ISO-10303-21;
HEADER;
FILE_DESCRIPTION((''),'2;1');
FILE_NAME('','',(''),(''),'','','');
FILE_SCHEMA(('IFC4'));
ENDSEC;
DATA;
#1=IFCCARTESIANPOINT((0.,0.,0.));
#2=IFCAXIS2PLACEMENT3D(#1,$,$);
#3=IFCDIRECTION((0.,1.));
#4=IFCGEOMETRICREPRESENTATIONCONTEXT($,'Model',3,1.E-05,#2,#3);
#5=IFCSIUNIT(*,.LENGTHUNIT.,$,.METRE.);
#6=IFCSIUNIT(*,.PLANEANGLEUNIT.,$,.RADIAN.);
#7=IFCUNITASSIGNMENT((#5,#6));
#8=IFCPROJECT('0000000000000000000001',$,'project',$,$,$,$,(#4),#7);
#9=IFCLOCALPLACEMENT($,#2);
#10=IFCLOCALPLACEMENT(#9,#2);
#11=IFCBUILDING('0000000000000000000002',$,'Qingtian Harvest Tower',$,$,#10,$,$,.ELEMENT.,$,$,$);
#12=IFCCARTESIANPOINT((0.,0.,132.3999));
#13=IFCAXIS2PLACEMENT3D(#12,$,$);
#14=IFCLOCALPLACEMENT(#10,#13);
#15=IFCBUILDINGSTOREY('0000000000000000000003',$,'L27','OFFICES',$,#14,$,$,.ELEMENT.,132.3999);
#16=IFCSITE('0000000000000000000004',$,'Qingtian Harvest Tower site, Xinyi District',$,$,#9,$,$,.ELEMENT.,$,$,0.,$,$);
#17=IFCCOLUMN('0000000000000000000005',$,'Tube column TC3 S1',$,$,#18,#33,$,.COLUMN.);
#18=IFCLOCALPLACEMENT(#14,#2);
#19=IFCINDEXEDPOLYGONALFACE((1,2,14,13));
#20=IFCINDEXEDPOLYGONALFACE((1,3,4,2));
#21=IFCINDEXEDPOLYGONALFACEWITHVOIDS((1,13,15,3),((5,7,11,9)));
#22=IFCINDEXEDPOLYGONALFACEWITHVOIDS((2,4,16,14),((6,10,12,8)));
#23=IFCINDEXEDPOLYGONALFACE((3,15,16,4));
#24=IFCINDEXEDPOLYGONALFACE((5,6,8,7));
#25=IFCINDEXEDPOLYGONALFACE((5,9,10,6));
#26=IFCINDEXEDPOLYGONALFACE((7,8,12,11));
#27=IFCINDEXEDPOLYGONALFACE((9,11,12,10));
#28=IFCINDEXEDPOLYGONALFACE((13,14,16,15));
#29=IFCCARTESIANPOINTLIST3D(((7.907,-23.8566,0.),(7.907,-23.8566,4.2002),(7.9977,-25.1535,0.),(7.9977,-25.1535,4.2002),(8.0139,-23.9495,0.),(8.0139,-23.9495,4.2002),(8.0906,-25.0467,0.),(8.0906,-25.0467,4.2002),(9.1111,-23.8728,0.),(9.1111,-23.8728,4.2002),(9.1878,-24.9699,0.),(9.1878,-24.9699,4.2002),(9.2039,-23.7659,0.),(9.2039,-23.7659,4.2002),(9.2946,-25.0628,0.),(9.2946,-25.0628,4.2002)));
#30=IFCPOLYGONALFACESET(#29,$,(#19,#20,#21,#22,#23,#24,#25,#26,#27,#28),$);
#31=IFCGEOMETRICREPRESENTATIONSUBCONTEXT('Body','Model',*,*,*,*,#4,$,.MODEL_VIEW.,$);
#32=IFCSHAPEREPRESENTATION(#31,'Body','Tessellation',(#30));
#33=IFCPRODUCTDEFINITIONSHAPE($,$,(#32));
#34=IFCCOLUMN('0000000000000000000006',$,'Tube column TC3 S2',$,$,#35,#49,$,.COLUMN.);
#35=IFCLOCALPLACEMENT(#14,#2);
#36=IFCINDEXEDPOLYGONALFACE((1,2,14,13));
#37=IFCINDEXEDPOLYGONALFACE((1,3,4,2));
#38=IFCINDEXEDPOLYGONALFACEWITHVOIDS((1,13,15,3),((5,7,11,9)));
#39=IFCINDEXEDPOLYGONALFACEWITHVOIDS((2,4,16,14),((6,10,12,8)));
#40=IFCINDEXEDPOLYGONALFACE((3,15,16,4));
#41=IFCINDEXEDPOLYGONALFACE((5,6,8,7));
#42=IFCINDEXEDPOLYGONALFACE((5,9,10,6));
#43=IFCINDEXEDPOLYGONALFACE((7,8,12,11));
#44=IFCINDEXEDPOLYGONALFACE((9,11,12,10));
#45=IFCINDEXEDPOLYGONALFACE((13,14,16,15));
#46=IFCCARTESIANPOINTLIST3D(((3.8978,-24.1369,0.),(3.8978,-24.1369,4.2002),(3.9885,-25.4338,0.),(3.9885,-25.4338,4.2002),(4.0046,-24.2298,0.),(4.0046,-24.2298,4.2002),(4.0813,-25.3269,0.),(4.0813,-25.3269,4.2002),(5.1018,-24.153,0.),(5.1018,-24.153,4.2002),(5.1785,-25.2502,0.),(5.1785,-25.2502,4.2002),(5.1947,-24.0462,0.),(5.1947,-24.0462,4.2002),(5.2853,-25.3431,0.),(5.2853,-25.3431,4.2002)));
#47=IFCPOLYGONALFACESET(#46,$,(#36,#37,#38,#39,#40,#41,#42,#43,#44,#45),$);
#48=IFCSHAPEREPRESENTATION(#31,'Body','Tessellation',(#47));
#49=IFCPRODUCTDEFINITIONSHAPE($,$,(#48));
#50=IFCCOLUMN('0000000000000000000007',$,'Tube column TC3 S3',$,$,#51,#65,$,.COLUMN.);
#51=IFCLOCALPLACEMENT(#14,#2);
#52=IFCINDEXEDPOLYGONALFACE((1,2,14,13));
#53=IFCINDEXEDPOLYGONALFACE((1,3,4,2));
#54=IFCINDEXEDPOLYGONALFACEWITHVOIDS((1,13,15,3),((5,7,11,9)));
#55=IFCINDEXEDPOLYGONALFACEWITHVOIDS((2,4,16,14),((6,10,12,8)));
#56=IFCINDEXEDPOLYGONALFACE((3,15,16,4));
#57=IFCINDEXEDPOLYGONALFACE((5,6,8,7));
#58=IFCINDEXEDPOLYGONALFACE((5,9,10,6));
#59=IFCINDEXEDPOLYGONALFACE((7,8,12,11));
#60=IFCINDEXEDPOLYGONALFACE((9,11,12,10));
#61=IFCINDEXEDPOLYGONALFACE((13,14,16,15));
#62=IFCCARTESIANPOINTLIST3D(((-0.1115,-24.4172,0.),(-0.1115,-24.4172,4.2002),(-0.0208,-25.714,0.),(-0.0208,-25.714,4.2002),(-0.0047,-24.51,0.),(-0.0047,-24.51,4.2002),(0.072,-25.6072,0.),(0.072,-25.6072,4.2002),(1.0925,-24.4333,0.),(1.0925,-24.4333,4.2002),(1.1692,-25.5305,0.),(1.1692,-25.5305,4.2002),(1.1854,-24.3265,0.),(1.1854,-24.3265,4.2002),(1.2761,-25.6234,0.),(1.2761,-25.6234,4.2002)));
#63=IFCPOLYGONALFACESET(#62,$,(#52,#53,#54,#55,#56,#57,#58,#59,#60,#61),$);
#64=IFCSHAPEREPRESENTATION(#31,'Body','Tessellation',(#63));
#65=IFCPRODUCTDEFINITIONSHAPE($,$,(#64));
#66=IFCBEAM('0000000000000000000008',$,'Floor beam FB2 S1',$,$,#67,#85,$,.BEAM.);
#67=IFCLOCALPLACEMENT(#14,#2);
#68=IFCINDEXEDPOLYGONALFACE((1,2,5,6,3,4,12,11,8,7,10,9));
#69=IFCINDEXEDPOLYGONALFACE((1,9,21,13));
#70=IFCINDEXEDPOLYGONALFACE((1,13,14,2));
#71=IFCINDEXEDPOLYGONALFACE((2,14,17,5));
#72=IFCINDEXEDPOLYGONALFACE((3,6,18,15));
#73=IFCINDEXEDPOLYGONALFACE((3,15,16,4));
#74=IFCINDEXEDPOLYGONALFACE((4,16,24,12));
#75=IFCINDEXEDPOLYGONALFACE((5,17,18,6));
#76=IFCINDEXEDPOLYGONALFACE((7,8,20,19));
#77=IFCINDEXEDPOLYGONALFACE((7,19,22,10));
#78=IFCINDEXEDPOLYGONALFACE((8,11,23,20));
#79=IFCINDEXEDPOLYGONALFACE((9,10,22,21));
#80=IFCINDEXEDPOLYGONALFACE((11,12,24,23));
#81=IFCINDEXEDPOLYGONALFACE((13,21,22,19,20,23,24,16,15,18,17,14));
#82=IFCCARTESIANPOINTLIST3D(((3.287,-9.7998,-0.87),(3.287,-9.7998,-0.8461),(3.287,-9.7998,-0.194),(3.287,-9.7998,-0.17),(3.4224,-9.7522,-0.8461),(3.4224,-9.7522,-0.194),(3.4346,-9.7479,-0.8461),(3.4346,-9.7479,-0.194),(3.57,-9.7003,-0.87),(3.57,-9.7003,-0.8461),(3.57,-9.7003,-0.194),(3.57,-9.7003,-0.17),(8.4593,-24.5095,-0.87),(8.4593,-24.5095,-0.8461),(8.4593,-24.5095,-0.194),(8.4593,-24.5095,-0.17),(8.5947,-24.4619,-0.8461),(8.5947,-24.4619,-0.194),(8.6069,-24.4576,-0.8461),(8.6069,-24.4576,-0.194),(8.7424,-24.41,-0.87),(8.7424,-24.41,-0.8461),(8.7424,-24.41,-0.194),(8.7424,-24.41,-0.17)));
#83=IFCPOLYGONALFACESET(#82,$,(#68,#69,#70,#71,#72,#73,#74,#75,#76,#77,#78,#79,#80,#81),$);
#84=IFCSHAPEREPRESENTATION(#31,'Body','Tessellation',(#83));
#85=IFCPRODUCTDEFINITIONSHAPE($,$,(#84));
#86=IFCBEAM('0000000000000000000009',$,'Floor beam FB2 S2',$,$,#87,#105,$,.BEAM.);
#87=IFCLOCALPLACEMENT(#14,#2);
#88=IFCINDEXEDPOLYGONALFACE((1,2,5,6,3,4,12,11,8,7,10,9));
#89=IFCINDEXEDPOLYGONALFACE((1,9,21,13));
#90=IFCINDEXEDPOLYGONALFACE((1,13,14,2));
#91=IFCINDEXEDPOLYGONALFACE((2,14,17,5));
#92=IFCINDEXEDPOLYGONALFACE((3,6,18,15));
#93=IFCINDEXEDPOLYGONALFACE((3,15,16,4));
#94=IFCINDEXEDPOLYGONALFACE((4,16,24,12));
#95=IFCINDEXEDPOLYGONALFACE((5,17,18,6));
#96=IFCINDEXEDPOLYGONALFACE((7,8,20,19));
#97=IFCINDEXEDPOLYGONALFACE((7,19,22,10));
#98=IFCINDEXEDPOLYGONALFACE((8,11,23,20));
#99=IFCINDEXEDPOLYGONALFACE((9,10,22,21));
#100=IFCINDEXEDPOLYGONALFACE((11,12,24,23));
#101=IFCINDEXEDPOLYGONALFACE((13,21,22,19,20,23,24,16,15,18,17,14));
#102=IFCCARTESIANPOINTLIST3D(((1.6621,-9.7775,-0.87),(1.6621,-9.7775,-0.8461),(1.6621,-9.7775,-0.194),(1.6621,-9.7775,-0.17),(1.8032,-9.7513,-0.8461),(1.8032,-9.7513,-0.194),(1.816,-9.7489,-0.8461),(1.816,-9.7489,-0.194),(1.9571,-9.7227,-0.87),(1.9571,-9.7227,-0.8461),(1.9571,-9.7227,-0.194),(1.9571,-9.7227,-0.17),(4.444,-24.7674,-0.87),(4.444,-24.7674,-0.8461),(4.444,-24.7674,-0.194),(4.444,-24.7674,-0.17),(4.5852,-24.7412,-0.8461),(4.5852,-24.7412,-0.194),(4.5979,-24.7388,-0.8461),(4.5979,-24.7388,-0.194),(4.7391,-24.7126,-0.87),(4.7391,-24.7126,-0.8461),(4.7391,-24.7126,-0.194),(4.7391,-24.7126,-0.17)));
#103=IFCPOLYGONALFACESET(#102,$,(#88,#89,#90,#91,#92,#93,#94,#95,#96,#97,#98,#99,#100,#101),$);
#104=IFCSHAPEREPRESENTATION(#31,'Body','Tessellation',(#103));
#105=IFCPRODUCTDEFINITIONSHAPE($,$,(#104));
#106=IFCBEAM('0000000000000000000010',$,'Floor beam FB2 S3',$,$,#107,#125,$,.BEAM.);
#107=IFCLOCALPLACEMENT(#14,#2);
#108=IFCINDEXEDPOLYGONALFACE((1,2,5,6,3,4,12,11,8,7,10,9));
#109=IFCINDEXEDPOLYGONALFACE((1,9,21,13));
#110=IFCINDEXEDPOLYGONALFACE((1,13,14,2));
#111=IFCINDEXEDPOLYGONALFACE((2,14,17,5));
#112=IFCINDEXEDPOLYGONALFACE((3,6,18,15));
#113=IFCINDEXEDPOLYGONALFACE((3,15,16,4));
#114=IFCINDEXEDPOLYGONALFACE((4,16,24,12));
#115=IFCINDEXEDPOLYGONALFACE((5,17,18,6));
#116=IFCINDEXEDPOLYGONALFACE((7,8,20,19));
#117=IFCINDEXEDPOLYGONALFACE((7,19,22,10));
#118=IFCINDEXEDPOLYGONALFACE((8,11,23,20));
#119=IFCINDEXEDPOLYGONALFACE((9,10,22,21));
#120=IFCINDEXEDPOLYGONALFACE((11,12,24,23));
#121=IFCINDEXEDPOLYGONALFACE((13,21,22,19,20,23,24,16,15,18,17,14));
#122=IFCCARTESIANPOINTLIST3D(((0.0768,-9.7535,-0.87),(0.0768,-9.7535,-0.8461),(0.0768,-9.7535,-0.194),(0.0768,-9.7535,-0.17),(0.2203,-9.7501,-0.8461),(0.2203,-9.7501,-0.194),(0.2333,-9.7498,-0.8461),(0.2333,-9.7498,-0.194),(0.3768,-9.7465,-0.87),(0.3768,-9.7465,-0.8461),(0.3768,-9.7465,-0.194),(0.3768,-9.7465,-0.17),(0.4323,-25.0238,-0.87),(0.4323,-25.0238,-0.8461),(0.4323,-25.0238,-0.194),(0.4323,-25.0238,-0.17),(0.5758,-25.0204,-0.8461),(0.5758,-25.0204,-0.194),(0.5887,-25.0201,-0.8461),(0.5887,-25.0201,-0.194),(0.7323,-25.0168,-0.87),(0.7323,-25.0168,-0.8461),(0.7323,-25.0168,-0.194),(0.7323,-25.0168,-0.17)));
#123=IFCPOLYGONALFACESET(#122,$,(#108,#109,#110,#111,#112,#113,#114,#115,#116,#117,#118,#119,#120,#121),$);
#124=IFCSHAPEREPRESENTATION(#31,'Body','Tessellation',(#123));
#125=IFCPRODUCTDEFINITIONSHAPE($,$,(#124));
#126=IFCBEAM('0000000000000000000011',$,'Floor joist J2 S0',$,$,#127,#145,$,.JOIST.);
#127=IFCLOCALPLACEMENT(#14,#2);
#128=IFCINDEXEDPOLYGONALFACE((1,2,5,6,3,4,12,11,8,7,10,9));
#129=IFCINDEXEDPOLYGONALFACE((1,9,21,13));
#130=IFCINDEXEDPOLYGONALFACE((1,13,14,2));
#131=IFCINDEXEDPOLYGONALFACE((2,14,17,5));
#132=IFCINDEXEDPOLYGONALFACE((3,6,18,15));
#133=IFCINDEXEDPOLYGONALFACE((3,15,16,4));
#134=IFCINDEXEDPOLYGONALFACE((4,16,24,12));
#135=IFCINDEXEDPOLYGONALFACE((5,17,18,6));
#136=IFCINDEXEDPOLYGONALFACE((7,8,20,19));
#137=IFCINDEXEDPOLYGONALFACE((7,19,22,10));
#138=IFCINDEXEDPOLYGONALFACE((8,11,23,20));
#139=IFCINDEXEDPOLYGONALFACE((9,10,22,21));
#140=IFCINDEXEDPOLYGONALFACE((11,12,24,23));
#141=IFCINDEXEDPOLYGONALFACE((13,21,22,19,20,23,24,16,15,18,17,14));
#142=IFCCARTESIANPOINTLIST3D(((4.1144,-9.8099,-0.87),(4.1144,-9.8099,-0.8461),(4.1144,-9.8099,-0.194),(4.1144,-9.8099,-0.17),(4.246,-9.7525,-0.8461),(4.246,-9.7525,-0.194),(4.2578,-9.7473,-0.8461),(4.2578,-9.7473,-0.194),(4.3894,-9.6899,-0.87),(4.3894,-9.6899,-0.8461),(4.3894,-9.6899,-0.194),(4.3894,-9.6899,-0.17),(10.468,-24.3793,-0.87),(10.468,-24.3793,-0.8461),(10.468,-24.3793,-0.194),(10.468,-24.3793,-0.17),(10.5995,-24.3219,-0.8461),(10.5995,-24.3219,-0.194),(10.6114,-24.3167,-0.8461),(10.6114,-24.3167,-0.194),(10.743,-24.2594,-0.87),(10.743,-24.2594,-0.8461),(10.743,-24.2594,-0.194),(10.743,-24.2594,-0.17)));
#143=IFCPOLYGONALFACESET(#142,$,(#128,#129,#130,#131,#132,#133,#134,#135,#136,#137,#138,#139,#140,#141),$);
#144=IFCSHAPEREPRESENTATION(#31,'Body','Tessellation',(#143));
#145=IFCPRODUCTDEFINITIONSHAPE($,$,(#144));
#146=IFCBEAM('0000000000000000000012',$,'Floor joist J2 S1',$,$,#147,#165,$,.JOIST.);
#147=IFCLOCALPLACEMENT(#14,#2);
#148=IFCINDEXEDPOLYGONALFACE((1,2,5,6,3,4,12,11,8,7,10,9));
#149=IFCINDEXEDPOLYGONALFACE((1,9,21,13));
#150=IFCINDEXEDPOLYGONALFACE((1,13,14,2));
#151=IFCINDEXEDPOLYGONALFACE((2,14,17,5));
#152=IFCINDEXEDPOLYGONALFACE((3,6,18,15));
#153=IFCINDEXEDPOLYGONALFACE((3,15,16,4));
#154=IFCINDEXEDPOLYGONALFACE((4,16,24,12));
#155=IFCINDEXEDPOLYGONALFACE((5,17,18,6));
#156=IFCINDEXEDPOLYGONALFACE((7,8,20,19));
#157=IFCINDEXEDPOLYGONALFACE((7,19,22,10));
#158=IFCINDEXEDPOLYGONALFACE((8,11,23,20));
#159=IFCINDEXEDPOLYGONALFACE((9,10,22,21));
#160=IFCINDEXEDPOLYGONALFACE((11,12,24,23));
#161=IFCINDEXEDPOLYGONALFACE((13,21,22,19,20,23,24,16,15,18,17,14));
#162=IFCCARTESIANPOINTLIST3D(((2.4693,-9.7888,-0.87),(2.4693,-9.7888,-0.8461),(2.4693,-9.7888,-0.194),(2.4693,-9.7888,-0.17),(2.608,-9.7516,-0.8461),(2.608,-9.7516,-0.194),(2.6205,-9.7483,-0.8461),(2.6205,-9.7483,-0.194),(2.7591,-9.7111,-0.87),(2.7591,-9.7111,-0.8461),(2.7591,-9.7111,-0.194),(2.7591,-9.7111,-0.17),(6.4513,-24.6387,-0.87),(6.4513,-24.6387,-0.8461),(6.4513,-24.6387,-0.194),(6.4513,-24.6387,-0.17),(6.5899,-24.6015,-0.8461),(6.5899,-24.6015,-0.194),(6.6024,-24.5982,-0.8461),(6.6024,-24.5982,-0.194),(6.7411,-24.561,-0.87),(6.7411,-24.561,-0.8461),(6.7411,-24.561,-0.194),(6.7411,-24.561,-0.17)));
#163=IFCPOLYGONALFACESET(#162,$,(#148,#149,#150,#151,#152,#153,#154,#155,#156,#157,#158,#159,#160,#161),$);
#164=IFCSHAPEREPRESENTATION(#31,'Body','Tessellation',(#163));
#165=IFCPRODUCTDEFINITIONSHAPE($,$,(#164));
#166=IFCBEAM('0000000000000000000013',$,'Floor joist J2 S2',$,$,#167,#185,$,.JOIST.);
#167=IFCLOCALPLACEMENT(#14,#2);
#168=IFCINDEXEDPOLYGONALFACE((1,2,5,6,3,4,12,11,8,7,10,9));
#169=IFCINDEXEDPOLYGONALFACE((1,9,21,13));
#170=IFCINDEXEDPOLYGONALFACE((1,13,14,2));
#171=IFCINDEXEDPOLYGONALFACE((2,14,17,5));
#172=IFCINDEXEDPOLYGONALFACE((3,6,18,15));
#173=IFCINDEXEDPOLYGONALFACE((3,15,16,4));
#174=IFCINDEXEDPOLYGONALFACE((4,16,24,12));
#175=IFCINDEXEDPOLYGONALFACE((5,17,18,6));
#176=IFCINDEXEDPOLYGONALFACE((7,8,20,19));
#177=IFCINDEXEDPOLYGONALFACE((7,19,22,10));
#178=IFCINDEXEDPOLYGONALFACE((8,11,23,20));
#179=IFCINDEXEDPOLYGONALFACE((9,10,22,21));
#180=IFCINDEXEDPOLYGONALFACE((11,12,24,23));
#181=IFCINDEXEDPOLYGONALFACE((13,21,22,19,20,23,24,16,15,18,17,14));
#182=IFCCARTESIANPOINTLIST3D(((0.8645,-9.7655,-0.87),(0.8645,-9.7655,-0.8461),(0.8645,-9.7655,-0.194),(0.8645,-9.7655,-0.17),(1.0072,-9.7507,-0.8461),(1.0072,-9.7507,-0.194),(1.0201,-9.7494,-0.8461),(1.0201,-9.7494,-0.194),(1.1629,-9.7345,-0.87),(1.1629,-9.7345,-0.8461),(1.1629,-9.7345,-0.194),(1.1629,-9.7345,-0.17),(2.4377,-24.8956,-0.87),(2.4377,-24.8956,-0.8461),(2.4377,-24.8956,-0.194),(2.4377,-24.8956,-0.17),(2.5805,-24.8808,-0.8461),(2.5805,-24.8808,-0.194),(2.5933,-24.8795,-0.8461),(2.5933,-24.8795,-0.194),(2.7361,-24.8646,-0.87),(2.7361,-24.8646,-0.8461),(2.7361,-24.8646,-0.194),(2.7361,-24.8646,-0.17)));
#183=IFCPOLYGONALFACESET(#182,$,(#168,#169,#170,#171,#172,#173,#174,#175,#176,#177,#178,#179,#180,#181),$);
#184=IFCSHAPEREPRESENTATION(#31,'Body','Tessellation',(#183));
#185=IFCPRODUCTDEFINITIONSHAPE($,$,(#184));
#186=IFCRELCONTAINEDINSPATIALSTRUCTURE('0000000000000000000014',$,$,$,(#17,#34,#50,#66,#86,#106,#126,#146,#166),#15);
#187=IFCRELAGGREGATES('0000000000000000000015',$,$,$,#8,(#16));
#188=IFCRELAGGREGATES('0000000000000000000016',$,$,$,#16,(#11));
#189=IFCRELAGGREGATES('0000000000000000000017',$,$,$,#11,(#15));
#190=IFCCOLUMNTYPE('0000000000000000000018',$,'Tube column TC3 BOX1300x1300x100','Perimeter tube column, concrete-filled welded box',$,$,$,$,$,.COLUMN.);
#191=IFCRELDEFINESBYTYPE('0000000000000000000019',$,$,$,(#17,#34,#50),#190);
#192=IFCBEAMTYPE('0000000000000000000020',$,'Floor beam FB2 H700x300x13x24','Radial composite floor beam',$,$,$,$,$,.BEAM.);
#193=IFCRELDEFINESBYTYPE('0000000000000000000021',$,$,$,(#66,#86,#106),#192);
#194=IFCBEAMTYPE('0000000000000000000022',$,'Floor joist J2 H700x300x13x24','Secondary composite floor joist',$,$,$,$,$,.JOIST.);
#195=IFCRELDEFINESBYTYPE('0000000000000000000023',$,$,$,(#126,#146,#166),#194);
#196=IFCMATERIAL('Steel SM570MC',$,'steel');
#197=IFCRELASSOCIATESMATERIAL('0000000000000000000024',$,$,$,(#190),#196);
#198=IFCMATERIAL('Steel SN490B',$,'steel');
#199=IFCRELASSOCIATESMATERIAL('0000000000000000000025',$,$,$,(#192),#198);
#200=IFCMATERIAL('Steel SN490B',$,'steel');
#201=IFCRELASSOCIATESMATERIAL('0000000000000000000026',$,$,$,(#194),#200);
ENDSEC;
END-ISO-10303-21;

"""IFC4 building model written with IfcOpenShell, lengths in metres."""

from ifc_helpers import new_model, si_unit, direction, frame, origin, origin_2d, place, context, subcontext, project, spatial, hollow_rectangle, i_section, extrude, material, material_profile, profile_set, type_object, element, save


model = new_model("IFC4")

# Units and contexts
model_context = context("Model", 3, precision=1e-05, world=origin(), true_north=direction((0.0, 1.0)))
body_context = subcontext(model_context, "Body", "Model", "MODEL_VIEW")
ifc_project = project(units=[si_unit("LENGTHUNIT", "METRE"), si_unit("PLANEANGLEUNIT", "RADIAN")], contexts=[model_context])

# Site, building, storey
site_placement = place(None, origin())
site = spatial("IfcSite", under=ifc_project, at=site_placement, Name="Qingtian Harvest Tower site, Xinyi District", CompositionType="ELEMENT", RefElevation=0.0)
building_placement = place(site_placement, origin())
building = spatial("IfcBuilding", under=site, at=building_placement, Name="Qingtian Harvest Tower", CompositionType="ELEMENT")
storey_placement = place(building_placement, frame((0.0, 0.0, 132.3999)))
storey = spatial("IfcBuildingStorey", under=building, at=storey_placement, Name="L27", Description="OFFICES", CompositionType="ELEMENT", Elevation=132.3999)

# Columns
ifc_material_1 = material(Name="Steel SM570MC", Category="steel")
ifc_material_profile_1 = material_profile(ifc_material_1, hollow_rectangle(XDim=1.3, YDim=1.3, WallThickness=0.1001, at=origin_2d()), Name="BOX1300x1300x100")
ifc_profile_set_1 = profile_set([ifc_material_profile_1], Name="Steel SM570MC")
column_type = type_object("IfcColumnType", Name="Tube column TC3 BOX1300x1300x100", Description="Perimeter tube column, concrete-filled welded box", PredefinedType="COLUMN", material=ifc_profile_set_1)
for number, where, z_axis, x_axis, name in (
    (1, (8.6008, -24.4597, 0.0), (0.0, 0.0, 1.0), (0.997564, 0.069756, 0.0), "Tube column TC3 S1"),
    (2, (4.5916, -24.74, 0.0), (0.0, 0.0, 1.0), (0.997564, 0.069756, 0.0), "Tube column TC3 S2"),
    (3, (0.5823, -25.0203, 0.0), (0.0, 0.0, 1.0), (0.997564, 0.069756, 0.0), "Tube column TC3 S3"),
):
    element("IfcColumn", number, at=place(storey_placement, frame(where, z_axis=z_axis, x_axis=x_axis)), inside=storey, type_object=column_type, Name=name, PredefinedType="COLUMN", context=body_context, shape_type="SweptSolid", body=[
        extrude(hollow_rectangle(XDim=1.3, YDim=1.3, WallThickness=0.1001, at=origin_2d()), origin(), (0.0, 0.0, 1.0), 4.2002),
    ])

# Beams
ifc_material_2 = material(Name="Steel SN490B", Category="steel")
ifc_material_profile_2 = material_profile(ifc_material_2, i_section(OverallWidth=0.3, OverallDepth=0.7, WebThickness=0.0129, FlangeThickness=0.0239, at=origin_2d()), Name="H700x300x13x24")
ifc_profile_set_2 = profile_set([ifc_material_profile_2], Name="Steel SN490B")
beam_type_1 = type_object("IfcBeamType", Name="Floor beam FB2 H700x300x13x24", Description="Radial composite floor beam", PredefinedType="BEAM", material=ifc_profile_set_2)
beam_1_placement = place(storey_placement, frame((8.6008, -24.4597, -0.52), z_axis=(-0.331719, 0.943378, 0.0), x_axis=(-0.943378, -0.331719, 0.0)))
element("IfcBeam", 4, at=beam_1_placement, inside=storey, type_object=beam_type_1, Name="Floor beam FB2 S1", PredefinedType="BEAM", context=body_context, shape_type="SweptSolid", body=[
    extrude(i_section(OverallWidth=0.3, OverallDepth=0.7, WebThickness=0.0129, FlangeThickness=0.0239, at=origin_2d()), origin(), (0.0, 0.0, 1.0), 15.5925),
])
beam_2_placement = place(storey_placement, frame((4.5916, -24.74, -0.52), z_axis=(-0.182473, 0.983211, 0.0), x_axis=(-0.983211, -0.182473, 0.0)))
element("IfcBeam", 5, at=beam_2_placement, inside=storey, type_object=beam_type_1, Name="Floor beam FB2 S2", PredefinedType="BEAM", context=body_context, shape_type="SweptSolid", body=[
    extrude(i_section(OverallWidth=0.3, OverallDepth=0.7, WebThickness=0.0129, FlangeThickness=0.0239, at=origin_2d()), origin(), (0.0, 0.0, 1.0), 15.2458),
])
beam_3_placement = place(storey_placement, frame((0.5823, -25.0203, -0.52), z_axis=(-0.023272, 0.999729, 0.0), x_axis=(-0.999729, -0.023272, 0.0)))
element("IfcBeam", 6, at=beam_3_placement, inside=storey, type_object=beam_type_1, Name="Floor beam FB2 S3", PredefinedType="BEAM", context=body_context, shape_type="SweptSolid", body=[
    extrude(i_section(OverallWidth=0.3, OverallDepth=0.7, WebThickness=0.0129, FlangeThickness=0.0239, at=origin_2d()), origin(), (0.0, 0.0, 1.0), 15.2744),
])
ifc_material_3 = material(Name="Steel SN490B", Category="steel")
ifc_material_profile_3 = material_profile(ifc_material_3, i_section(OverallWidth=0.3, OverallDepth=0.7, WebThickness=0.0129, FlangeThickness=0.0239, at=origin_2d()), Name="H700x300x13x24")
ifc_profile_set_3 = profile_set([ifc_material_profile_3], Name="Steel SN490B")
beam_type_2 = type_object("IfcBeamType", Name="Floor joist J2 H700x300x13x24", Description="Secondary composite floor joist", PredefinedType="JOIST", material=ifc_profile_set_3)
beam_4_placement = place(storey_placement, frame((10.6055, -24.3193, -0.52), z_axis=(-0.399732, 0.916632, 0.0), x_axis=(-0.916632, -0.399732, 0.0)))
element("IfcBeam", 7, at=beam_4_placement, inside=storey, type_object=beam_type_2, Name="Floor joist J2 S0", PredefinedType="JOIST", context=body_context, shape_type="SweptSolid", body=[
    extrude(i_section(OverallWidth=0.3, OverallDepth=0.7, WebThickness=0.0129, FlangeThickness=0.0239, at=origin_2d()), origin(), (0.0, 0.0, 1.0), 15.8945),
])
beam_5_placement = place(storey_placement, frame((6.5962, -24.5999, -0.52), z_axis=(-0.258997, 0.965878, 0.0), x_axis=(-0.965878, -0.258997, 0.0)))
element("IfcBeam", 8, at=beam_5_placement, inside=storey, type_object=beam_type_2, Name="Floor joist J2 S1", PredefinedType="JOIST", context=body_context, shape_type="SweptSolid", body=[
    extrude(i_section(OverallWidth=0.3, OverallDepth=0.7, WebThickness=0.0129, FlangeThickness=0.0239, at=origin_2d()), origin(), (0.0, 0.0, 1.0), 15.3745),
])
beam_6_placement = place(storey_placement, frame((2.5869, -24.8801, -0.52), z_axis=(-0.103423, 0.994637, 0.0), x_axis=(-0.994637, -0.103423, 0.0)))
element("IfcBeam", 9, at=beam_6_placement, inside=storey, type_object=beam_type_2, Name="Floor joist J2 S2", PredefinedType="JOIST", context=body_context, shape_type="SweptSolid", body=[
    extrude(i_section(OverallWidth=0.3, OverallDepth=0.7, WebThickness=0.0129, FlangeThickness=0.0239, at=origin_2d()), origin(), (0.0, 0.0, 1.0), 15.2117),
])

save(model, "model.ifc")
